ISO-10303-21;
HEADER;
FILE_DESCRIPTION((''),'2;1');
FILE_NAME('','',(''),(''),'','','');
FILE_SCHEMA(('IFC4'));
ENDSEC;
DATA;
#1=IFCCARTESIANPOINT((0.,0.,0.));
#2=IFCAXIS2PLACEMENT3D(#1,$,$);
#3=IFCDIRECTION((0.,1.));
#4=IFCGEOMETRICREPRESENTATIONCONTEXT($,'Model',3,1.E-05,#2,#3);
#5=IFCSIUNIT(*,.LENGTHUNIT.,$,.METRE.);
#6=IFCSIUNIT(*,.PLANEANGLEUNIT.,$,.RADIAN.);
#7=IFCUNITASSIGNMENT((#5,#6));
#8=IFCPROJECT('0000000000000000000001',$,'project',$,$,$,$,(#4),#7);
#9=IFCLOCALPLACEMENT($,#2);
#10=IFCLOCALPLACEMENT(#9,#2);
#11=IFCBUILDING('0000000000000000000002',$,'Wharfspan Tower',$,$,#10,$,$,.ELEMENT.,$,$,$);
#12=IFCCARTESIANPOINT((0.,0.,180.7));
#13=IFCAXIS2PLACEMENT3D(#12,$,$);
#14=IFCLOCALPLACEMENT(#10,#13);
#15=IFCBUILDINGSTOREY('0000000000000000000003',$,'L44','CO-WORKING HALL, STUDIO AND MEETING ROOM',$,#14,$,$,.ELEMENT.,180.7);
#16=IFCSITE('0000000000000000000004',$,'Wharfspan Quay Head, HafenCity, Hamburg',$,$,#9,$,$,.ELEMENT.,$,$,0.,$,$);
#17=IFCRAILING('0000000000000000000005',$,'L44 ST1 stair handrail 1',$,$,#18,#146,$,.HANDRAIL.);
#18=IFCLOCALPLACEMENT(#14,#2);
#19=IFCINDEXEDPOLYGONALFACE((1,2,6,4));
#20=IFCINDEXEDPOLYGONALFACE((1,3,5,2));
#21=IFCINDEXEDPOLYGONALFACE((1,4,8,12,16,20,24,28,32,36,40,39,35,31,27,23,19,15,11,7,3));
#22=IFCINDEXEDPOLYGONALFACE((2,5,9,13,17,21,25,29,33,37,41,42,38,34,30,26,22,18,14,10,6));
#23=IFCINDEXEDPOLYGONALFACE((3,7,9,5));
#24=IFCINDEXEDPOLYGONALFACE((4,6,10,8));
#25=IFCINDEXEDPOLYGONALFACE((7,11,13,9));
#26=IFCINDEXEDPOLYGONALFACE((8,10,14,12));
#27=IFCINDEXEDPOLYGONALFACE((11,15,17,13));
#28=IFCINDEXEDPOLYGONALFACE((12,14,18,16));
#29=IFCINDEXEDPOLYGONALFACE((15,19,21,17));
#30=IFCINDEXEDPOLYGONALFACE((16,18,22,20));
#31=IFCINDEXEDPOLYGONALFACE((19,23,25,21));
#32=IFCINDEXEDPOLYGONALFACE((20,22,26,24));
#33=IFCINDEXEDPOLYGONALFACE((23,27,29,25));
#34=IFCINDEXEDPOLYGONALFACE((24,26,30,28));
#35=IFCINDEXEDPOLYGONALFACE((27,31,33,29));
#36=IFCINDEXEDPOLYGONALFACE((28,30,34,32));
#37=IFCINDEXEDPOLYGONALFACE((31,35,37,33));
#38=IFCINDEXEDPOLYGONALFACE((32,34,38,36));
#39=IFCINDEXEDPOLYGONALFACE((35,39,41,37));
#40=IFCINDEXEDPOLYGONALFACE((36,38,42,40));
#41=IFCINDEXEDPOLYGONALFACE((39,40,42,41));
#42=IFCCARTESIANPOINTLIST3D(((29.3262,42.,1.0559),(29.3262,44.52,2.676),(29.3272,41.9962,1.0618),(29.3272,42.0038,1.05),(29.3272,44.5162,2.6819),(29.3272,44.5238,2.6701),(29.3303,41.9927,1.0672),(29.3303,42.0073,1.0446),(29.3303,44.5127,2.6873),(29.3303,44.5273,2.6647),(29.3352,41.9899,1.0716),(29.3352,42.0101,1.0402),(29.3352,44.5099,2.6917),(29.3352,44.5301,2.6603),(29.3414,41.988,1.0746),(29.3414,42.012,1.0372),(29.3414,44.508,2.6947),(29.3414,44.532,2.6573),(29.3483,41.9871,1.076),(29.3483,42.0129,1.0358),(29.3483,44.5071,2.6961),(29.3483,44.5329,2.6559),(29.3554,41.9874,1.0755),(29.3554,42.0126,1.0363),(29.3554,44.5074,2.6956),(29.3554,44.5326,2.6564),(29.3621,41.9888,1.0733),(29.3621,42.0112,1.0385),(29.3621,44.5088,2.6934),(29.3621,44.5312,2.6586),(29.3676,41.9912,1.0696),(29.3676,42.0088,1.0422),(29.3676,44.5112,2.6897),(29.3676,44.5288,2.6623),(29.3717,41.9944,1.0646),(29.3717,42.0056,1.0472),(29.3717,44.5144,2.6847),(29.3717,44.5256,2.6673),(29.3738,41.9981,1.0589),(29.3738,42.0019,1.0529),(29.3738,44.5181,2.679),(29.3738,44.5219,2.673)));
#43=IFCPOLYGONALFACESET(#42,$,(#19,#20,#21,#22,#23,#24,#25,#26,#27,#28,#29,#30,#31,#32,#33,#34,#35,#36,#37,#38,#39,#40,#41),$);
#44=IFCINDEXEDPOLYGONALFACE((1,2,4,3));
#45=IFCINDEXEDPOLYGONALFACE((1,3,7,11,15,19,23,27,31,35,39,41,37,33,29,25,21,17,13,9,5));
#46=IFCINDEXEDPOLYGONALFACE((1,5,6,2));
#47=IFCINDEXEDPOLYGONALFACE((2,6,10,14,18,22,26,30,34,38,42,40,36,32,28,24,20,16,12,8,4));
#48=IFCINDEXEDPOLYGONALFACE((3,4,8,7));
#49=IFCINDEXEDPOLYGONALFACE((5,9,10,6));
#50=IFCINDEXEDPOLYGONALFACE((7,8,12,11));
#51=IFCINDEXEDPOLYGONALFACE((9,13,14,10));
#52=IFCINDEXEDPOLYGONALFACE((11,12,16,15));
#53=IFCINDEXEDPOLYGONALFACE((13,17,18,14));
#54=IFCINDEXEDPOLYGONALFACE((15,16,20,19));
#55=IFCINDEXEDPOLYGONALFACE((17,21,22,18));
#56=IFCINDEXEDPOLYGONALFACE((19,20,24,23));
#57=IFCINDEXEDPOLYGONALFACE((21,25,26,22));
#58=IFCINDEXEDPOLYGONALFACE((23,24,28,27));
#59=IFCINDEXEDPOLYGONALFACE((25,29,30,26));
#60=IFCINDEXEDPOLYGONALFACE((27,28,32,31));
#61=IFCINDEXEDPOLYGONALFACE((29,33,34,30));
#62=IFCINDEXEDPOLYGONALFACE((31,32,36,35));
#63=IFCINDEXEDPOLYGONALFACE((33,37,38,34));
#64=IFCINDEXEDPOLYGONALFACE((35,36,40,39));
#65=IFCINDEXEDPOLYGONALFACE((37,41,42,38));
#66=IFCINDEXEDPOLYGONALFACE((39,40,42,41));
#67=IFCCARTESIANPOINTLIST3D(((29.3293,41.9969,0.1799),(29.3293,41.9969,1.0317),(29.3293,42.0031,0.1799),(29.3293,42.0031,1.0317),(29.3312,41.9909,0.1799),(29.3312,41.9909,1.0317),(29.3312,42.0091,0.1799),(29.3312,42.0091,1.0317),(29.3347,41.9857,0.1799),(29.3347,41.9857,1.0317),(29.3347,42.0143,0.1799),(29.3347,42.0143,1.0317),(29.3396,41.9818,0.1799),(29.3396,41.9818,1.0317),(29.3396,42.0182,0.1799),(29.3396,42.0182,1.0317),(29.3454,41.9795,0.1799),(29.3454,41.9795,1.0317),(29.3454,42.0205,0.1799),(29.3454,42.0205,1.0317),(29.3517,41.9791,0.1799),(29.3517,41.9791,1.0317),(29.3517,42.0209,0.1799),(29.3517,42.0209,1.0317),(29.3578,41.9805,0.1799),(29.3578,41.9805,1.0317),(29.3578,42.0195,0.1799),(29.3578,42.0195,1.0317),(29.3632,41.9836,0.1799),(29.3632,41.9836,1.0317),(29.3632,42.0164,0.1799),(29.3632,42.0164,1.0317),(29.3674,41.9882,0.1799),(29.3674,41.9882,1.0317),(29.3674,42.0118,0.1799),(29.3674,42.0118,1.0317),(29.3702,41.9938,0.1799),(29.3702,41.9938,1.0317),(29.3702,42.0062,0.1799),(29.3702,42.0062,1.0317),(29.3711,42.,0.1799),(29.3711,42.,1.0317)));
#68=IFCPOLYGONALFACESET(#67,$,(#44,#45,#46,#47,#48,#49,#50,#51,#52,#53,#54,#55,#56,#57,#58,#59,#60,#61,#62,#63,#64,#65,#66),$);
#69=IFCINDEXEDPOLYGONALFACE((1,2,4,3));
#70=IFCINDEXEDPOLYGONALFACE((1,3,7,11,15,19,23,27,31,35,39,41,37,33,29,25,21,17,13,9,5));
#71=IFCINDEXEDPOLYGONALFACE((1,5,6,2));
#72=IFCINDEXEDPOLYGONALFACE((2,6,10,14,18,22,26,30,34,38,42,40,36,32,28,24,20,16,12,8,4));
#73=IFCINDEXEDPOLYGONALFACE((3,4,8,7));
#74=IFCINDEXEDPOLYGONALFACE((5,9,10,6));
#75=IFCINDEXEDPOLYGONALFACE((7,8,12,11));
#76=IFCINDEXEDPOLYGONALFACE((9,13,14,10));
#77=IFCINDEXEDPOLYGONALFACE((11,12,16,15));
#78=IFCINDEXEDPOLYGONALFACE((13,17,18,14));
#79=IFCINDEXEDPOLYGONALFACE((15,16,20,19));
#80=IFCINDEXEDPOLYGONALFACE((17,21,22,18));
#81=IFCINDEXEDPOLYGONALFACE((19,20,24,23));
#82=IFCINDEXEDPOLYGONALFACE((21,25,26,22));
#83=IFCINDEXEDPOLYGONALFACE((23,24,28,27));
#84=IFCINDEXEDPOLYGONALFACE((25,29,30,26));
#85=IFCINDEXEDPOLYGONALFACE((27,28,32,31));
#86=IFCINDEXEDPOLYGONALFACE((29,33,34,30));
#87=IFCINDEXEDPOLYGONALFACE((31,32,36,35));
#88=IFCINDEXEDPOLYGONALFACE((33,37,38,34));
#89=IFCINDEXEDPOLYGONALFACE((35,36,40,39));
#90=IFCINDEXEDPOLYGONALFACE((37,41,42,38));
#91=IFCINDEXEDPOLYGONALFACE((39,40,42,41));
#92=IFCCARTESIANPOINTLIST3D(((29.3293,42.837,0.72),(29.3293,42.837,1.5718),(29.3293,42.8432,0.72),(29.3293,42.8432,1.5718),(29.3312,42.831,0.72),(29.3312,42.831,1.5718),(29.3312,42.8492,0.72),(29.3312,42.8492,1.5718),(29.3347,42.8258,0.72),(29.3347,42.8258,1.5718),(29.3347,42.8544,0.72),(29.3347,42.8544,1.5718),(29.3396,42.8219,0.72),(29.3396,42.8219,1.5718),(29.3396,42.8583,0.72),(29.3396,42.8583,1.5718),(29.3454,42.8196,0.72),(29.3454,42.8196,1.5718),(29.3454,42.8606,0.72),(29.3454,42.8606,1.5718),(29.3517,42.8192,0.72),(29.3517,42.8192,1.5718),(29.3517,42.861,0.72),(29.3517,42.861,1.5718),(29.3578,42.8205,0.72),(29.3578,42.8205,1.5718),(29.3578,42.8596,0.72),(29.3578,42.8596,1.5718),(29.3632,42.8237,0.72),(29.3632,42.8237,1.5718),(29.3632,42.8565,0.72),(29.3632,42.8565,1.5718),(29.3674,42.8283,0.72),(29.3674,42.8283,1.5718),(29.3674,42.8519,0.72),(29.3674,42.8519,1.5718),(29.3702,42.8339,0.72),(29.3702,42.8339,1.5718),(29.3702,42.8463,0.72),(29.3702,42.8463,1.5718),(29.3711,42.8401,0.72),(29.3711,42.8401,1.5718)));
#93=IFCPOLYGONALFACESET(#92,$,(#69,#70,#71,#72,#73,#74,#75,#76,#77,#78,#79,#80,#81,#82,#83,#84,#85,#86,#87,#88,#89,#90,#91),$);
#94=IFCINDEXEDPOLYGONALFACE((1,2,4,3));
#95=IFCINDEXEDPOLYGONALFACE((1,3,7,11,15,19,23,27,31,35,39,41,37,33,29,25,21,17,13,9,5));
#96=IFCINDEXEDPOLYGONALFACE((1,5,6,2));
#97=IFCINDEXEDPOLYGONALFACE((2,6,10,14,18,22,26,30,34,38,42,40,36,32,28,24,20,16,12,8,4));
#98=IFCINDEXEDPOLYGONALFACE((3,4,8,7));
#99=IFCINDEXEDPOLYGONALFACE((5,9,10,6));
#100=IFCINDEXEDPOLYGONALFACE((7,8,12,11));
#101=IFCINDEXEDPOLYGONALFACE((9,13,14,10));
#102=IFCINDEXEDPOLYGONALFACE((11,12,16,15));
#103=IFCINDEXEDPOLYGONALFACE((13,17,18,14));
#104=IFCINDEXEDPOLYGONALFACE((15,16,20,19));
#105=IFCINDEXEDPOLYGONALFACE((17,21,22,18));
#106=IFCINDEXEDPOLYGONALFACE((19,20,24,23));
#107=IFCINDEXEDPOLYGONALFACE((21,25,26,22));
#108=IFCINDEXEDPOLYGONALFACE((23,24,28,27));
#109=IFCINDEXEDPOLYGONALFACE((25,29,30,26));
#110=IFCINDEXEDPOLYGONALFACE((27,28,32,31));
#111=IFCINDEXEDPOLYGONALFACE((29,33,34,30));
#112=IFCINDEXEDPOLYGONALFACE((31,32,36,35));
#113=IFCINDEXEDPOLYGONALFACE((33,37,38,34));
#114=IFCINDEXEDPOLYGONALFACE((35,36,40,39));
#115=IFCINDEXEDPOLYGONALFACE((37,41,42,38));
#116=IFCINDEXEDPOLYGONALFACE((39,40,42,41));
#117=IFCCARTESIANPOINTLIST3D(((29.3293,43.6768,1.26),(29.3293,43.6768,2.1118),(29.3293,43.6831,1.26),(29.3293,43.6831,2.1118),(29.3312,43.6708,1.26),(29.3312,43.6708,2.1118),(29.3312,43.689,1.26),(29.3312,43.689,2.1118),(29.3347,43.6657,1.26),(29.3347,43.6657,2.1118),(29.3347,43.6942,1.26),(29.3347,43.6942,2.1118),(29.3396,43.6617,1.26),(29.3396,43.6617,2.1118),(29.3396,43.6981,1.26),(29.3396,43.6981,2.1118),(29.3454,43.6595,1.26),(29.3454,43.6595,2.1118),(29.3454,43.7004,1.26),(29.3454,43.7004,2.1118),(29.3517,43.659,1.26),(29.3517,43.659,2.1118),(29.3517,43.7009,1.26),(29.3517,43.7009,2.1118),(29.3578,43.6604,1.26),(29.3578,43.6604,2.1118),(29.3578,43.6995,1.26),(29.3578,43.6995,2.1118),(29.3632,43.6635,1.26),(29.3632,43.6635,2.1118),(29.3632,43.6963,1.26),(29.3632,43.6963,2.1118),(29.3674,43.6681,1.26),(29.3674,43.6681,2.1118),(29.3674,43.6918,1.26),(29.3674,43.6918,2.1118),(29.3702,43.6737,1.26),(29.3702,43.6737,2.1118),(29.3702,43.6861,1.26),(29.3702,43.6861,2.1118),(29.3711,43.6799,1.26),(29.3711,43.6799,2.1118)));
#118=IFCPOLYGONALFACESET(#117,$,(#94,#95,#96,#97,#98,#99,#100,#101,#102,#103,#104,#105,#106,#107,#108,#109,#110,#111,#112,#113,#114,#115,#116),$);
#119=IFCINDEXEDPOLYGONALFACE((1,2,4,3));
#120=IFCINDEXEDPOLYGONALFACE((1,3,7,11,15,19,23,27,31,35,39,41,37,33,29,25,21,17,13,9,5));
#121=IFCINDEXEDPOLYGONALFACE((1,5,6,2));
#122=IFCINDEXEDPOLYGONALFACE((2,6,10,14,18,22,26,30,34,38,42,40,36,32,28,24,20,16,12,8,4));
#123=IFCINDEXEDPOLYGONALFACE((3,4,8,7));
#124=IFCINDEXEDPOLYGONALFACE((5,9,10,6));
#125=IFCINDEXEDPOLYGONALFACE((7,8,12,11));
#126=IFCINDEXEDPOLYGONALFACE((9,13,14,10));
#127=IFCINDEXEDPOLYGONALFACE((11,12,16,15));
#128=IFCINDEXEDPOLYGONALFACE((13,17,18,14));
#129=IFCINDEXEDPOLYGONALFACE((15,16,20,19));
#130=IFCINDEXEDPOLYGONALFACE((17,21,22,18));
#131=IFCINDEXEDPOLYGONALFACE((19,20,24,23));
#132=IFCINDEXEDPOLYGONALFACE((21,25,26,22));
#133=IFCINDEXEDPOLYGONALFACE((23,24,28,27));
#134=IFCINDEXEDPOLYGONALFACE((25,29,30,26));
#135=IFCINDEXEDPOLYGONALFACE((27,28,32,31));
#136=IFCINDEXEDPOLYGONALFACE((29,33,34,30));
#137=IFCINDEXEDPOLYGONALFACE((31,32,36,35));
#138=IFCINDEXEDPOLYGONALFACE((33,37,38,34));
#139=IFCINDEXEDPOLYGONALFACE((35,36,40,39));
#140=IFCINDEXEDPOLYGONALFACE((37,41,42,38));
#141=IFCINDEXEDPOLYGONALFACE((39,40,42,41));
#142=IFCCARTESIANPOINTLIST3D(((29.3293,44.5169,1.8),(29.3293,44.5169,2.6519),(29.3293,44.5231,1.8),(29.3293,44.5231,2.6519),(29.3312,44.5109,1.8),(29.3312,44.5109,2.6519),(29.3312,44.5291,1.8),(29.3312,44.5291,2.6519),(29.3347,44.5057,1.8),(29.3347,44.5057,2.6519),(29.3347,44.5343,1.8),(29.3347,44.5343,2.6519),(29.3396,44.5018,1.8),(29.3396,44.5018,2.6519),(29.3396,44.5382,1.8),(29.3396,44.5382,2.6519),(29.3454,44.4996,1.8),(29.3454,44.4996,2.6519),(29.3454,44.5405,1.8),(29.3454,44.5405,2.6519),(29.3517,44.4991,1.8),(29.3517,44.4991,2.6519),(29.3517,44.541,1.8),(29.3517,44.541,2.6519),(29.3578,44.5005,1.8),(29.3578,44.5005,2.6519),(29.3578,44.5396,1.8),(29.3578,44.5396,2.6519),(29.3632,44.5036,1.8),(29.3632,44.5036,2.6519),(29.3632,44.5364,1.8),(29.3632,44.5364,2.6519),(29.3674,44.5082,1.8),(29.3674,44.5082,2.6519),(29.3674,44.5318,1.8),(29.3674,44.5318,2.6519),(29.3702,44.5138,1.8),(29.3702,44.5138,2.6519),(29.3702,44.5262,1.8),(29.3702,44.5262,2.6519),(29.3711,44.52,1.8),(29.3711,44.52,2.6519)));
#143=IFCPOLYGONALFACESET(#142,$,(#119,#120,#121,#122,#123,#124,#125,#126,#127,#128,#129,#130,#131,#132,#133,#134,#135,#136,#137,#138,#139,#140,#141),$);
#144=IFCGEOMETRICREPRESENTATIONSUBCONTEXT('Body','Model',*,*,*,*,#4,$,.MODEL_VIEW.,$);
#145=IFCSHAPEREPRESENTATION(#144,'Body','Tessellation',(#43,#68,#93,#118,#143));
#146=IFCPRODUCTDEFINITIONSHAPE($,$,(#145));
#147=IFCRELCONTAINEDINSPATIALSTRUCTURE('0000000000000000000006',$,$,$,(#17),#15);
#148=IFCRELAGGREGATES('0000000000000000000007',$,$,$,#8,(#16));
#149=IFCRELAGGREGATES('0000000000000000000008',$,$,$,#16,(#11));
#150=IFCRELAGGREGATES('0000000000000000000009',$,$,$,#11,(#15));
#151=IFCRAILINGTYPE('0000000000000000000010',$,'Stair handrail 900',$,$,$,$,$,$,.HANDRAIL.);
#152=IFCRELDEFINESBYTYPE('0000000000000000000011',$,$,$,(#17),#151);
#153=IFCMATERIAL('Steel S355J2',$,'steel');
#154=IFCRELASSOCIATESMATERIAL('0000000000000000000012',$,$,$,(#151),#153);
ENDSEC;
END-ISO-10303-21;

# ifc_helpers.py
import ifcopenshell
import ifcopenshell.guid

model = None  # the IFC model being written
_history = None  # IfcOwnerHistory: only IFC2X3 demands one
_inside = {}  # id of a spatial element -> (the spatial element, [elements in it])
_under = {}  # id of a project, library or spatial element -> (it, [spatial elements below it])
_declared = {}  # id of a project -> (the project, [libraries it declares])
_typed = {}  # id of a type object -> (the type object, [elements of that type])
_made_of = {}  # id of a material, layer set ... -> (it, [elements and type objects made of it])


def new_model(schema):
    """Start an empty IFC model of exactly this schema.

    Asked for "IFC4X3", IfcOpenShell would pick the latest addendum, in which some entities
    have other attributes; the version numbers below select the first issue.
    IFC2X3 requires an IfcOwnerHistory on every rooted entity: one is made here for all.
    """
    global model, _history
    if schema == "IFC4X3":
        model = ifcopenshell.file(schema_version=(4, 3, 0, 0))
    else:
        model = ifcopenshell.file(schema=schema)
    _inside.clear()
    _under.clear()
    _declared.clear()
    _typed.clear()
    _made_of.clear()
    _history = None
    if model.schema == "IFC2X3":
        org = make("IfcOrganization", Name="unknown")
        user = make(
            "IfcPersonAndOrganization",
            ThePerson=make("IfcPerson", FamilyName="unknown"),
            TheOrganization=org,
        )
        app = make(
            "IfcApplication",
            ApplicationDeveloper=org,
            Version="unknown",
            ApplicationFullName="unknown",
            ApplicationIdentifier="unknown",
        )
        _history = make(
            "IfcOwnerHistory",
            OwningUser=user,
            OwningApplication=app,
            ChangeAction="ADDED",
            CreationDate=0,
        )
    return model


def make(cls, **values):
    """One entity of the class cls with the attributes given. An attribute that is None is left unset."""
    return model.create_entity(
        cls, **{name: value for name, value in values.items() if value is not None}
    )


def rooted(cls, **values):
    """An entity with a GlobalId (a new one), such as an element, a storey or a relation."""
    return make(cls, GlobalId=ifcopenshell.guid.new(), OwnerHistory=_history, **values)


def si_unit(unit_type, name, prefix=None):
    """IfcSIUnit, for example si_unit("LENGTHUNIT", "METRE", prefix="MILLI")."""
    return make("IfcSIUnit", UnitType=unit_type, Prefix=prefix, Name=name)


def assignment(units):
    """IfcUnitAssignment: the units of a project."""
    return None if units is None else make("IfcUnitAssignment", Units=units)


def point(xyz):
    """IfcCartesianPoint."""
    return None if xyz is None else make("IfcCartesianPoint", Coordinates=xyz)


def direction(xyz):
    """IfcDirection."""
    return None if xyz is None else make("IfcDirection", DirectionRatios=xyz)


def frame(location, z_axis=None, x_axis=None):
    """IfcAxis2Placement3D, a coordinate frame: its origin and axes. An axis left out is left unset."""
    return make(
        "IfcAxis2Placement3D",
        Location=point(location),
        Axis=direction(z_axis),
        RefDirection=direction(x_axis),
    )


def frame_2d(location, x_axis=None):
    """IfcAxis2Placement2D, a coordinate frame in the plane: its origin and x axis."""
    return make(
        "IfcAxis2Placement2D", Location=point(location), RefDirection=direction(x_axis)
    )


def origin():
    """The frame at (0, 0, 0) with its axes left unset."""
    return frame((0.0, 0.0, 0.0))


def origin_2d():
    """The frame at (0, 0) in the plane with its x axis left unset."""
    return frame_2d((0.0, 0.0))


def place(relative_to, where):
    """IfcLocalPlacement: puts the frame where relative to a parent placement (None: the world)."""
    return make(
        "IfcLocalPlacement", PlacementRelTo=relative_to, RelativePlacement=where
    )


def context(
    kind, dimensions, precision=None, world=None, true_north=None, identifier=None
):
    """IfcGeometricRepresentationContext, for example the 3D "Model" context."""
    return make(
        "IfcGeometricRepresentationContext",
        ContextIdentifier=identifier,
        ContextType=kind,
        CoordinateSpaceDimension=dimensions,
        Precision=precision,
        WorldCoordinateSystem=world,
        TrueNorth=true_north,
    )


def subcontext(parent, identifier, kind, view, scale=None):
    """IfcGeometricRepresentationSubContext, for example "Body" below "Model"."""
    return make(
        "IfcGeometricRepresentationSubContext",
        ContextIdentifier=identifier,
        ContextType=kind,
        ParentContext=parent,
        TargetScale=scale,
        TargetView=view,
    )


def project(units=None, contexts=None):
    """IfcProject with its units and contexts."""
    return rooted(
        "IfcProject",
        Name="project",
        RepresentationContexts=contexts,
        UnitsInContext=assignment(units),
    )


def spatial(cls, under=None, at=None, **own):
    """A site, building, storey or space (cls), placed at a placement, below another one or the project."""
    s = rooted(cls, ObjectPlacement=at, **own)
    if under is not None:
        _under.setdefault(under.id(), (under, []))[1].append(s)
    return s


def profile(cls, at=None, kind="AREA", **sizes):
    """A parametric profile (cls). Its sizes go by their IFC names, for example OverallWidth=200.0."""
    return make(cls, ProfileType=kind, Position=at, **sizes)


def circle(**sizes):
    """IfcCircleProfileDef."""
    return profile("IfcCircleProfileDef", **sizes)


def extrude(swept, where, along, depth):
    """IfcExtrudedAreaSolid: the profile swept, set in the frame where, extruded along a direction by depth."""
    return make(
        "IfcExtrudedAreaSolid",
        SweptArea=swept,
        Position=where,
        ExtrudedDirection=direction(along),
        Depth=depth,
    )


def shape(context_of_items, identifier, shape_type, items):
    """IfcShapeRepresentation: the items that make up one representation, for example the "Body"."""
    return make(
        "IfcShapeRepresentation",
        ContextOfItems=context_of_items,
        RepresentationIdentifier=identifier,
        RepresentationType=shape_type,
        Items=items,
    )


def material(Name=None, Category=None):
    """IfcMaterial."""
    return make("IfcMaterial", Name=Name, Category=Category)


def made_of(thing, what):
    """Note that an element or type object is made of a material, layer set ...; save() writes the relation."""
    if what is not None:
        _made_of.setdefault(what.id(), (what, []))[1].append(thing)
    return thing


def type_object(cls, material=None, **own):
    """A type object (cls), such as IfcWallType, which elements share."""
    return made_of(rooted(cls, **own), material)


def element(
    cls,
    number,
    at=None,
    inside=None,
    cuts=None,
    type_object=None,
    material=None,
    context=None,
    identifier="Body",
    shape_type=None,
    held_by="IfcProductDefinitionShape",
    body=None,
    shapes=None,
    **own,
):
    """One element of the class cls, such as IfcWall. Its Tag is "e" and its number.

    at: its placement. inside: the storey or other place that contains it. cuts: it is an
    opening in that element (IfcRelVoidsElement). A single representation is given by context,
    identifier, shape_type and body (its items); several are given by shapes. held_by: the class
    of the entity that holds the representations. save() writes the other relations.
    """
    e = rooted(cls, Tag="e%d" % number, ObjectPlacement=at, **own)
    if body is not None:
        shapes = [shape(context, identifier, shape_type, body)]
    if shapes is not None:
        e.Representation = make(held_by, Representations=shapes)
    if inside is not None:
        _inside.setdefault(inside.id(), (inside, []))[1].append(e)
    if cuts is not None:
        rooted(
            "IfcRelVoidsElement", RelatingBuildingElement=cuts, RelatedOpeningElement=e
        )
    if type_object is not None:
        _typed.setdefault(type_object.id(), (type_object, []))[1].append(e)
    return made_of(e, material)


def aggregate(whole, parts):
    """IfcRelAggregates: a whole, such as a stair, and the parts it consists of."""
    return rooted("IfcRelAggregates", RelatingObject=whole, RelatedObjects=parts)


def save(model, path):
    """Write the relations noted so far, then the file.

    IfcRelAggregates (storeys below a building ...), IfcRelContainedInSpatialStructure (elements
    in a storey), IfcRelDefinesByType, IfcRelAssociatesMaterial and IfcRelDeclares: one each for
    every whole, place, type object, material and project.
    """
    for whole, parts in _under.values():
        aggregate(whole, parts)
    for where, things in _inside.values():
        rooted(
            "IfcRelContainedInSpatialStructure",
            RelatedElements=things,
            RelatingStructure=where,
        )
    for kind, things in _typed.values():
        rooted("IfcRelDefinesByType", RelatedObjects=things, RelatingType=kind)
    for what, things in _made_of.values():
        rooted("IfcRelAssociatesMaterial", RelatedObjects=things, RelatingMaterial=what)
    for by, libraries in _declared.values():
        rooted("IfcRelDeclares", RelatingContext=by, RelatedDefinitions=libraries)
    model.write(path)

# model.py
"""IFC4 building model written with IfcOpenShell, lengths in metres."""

from ifc_helpers import new_model, si_unit, direction, frame, origin, origin_2d, place, context, subcontext, project, spatial, circle, extrude, material, type_object, element, save


model = new_model("IFC4")

# Units and contexts
model_context = context("Model", 3, precision=1e-05, world=origin(), true_north=direction((0.0, 1.0)))
body_context = subcontext(model_context, "Body", "Model", "MODEL_VIEW")
ifc_project = project(units=[si_unit("LENGTHUNIT", "METRE"), si_unit("PLANEANGLEUNIT", "RADIAN")], contexts=[model_context])

# Site, building, storey
site_placement = place(None, origin())
site = spatial("IfcSite", under=ifc_project, at=site_placement, Name="Wharfspan Quay Head, HafenCity, Hamburg", CompositionType="ELEMENT", RefElevation=0.0)
building_placement = place(site_placement, origin())
building = spatial("IfcBuilding", under=site, at=building_placement, Name="Wharfspan Tower", CompositionType="ELEMENT")
storey_placement = place(building_placement, frame((0.0, 0.0, 180.7)))
storey = spatial("IfcBuildingStorey", under=building, at=storey_placement, Name="L44", Description="CO-WORKING HALL, STUDIO AND MEETING ROOM", CompositionType="ELEMENT", Elevation=180.7)

# Shared definitions
ifc_material_1 = material(Name="Steel S355J2", Category="steel")

# Railing
railing_type_1 = type_object("IfcRailingType", Name="Stair handrail 900", PredefinedType="HANDRAIL", material=ifc_material_1)
railing_1_placement = place(storey_placement, frame((29.3501, 42.0, 0.1799)))
element("IfcRailing", 1, at=railing_1_placement, inside=storey, type_object=railing_type_1, Name="L44 ST1 stair handrail 1", PredefinedType="HANDRAIL", context=body_context, shape_type="SweptSolid", body=[
    extrude(circle(Radius=0.0239, at=origin_2d()), frame((0.0, 0.0, 0.876), z_axis=(0.0, 0.841163, 0.540782), x_axis=(-1.0, 0.0, 0.0)), (0.0, 0.0, 1.0), 2.9958),
    extrude(circle(Radius=0.021, at=origin_2d()), origin(), (0.0, 0.0, 1.0), 0.8518),
    extrude(circle(Radius=0.021, at=origin_2d()), frame((0.0, 0.8401, 0.54)), (0.0, 0.0, 1.0), 0.8518),
    extrude(circle(Radius=0.021, at=origin_2d()), frame((0.0, 1.6799, 1.0801)), (0.0, 0.0, 1.0), 0.8518),
    extrude(circle(Radius=0.021, at=origin_2d()), frame((0.0, 2.52, 1.6201)), (0.0, 0.0, 1.0), 0.8518),
])

save(model, "model.ifc")
